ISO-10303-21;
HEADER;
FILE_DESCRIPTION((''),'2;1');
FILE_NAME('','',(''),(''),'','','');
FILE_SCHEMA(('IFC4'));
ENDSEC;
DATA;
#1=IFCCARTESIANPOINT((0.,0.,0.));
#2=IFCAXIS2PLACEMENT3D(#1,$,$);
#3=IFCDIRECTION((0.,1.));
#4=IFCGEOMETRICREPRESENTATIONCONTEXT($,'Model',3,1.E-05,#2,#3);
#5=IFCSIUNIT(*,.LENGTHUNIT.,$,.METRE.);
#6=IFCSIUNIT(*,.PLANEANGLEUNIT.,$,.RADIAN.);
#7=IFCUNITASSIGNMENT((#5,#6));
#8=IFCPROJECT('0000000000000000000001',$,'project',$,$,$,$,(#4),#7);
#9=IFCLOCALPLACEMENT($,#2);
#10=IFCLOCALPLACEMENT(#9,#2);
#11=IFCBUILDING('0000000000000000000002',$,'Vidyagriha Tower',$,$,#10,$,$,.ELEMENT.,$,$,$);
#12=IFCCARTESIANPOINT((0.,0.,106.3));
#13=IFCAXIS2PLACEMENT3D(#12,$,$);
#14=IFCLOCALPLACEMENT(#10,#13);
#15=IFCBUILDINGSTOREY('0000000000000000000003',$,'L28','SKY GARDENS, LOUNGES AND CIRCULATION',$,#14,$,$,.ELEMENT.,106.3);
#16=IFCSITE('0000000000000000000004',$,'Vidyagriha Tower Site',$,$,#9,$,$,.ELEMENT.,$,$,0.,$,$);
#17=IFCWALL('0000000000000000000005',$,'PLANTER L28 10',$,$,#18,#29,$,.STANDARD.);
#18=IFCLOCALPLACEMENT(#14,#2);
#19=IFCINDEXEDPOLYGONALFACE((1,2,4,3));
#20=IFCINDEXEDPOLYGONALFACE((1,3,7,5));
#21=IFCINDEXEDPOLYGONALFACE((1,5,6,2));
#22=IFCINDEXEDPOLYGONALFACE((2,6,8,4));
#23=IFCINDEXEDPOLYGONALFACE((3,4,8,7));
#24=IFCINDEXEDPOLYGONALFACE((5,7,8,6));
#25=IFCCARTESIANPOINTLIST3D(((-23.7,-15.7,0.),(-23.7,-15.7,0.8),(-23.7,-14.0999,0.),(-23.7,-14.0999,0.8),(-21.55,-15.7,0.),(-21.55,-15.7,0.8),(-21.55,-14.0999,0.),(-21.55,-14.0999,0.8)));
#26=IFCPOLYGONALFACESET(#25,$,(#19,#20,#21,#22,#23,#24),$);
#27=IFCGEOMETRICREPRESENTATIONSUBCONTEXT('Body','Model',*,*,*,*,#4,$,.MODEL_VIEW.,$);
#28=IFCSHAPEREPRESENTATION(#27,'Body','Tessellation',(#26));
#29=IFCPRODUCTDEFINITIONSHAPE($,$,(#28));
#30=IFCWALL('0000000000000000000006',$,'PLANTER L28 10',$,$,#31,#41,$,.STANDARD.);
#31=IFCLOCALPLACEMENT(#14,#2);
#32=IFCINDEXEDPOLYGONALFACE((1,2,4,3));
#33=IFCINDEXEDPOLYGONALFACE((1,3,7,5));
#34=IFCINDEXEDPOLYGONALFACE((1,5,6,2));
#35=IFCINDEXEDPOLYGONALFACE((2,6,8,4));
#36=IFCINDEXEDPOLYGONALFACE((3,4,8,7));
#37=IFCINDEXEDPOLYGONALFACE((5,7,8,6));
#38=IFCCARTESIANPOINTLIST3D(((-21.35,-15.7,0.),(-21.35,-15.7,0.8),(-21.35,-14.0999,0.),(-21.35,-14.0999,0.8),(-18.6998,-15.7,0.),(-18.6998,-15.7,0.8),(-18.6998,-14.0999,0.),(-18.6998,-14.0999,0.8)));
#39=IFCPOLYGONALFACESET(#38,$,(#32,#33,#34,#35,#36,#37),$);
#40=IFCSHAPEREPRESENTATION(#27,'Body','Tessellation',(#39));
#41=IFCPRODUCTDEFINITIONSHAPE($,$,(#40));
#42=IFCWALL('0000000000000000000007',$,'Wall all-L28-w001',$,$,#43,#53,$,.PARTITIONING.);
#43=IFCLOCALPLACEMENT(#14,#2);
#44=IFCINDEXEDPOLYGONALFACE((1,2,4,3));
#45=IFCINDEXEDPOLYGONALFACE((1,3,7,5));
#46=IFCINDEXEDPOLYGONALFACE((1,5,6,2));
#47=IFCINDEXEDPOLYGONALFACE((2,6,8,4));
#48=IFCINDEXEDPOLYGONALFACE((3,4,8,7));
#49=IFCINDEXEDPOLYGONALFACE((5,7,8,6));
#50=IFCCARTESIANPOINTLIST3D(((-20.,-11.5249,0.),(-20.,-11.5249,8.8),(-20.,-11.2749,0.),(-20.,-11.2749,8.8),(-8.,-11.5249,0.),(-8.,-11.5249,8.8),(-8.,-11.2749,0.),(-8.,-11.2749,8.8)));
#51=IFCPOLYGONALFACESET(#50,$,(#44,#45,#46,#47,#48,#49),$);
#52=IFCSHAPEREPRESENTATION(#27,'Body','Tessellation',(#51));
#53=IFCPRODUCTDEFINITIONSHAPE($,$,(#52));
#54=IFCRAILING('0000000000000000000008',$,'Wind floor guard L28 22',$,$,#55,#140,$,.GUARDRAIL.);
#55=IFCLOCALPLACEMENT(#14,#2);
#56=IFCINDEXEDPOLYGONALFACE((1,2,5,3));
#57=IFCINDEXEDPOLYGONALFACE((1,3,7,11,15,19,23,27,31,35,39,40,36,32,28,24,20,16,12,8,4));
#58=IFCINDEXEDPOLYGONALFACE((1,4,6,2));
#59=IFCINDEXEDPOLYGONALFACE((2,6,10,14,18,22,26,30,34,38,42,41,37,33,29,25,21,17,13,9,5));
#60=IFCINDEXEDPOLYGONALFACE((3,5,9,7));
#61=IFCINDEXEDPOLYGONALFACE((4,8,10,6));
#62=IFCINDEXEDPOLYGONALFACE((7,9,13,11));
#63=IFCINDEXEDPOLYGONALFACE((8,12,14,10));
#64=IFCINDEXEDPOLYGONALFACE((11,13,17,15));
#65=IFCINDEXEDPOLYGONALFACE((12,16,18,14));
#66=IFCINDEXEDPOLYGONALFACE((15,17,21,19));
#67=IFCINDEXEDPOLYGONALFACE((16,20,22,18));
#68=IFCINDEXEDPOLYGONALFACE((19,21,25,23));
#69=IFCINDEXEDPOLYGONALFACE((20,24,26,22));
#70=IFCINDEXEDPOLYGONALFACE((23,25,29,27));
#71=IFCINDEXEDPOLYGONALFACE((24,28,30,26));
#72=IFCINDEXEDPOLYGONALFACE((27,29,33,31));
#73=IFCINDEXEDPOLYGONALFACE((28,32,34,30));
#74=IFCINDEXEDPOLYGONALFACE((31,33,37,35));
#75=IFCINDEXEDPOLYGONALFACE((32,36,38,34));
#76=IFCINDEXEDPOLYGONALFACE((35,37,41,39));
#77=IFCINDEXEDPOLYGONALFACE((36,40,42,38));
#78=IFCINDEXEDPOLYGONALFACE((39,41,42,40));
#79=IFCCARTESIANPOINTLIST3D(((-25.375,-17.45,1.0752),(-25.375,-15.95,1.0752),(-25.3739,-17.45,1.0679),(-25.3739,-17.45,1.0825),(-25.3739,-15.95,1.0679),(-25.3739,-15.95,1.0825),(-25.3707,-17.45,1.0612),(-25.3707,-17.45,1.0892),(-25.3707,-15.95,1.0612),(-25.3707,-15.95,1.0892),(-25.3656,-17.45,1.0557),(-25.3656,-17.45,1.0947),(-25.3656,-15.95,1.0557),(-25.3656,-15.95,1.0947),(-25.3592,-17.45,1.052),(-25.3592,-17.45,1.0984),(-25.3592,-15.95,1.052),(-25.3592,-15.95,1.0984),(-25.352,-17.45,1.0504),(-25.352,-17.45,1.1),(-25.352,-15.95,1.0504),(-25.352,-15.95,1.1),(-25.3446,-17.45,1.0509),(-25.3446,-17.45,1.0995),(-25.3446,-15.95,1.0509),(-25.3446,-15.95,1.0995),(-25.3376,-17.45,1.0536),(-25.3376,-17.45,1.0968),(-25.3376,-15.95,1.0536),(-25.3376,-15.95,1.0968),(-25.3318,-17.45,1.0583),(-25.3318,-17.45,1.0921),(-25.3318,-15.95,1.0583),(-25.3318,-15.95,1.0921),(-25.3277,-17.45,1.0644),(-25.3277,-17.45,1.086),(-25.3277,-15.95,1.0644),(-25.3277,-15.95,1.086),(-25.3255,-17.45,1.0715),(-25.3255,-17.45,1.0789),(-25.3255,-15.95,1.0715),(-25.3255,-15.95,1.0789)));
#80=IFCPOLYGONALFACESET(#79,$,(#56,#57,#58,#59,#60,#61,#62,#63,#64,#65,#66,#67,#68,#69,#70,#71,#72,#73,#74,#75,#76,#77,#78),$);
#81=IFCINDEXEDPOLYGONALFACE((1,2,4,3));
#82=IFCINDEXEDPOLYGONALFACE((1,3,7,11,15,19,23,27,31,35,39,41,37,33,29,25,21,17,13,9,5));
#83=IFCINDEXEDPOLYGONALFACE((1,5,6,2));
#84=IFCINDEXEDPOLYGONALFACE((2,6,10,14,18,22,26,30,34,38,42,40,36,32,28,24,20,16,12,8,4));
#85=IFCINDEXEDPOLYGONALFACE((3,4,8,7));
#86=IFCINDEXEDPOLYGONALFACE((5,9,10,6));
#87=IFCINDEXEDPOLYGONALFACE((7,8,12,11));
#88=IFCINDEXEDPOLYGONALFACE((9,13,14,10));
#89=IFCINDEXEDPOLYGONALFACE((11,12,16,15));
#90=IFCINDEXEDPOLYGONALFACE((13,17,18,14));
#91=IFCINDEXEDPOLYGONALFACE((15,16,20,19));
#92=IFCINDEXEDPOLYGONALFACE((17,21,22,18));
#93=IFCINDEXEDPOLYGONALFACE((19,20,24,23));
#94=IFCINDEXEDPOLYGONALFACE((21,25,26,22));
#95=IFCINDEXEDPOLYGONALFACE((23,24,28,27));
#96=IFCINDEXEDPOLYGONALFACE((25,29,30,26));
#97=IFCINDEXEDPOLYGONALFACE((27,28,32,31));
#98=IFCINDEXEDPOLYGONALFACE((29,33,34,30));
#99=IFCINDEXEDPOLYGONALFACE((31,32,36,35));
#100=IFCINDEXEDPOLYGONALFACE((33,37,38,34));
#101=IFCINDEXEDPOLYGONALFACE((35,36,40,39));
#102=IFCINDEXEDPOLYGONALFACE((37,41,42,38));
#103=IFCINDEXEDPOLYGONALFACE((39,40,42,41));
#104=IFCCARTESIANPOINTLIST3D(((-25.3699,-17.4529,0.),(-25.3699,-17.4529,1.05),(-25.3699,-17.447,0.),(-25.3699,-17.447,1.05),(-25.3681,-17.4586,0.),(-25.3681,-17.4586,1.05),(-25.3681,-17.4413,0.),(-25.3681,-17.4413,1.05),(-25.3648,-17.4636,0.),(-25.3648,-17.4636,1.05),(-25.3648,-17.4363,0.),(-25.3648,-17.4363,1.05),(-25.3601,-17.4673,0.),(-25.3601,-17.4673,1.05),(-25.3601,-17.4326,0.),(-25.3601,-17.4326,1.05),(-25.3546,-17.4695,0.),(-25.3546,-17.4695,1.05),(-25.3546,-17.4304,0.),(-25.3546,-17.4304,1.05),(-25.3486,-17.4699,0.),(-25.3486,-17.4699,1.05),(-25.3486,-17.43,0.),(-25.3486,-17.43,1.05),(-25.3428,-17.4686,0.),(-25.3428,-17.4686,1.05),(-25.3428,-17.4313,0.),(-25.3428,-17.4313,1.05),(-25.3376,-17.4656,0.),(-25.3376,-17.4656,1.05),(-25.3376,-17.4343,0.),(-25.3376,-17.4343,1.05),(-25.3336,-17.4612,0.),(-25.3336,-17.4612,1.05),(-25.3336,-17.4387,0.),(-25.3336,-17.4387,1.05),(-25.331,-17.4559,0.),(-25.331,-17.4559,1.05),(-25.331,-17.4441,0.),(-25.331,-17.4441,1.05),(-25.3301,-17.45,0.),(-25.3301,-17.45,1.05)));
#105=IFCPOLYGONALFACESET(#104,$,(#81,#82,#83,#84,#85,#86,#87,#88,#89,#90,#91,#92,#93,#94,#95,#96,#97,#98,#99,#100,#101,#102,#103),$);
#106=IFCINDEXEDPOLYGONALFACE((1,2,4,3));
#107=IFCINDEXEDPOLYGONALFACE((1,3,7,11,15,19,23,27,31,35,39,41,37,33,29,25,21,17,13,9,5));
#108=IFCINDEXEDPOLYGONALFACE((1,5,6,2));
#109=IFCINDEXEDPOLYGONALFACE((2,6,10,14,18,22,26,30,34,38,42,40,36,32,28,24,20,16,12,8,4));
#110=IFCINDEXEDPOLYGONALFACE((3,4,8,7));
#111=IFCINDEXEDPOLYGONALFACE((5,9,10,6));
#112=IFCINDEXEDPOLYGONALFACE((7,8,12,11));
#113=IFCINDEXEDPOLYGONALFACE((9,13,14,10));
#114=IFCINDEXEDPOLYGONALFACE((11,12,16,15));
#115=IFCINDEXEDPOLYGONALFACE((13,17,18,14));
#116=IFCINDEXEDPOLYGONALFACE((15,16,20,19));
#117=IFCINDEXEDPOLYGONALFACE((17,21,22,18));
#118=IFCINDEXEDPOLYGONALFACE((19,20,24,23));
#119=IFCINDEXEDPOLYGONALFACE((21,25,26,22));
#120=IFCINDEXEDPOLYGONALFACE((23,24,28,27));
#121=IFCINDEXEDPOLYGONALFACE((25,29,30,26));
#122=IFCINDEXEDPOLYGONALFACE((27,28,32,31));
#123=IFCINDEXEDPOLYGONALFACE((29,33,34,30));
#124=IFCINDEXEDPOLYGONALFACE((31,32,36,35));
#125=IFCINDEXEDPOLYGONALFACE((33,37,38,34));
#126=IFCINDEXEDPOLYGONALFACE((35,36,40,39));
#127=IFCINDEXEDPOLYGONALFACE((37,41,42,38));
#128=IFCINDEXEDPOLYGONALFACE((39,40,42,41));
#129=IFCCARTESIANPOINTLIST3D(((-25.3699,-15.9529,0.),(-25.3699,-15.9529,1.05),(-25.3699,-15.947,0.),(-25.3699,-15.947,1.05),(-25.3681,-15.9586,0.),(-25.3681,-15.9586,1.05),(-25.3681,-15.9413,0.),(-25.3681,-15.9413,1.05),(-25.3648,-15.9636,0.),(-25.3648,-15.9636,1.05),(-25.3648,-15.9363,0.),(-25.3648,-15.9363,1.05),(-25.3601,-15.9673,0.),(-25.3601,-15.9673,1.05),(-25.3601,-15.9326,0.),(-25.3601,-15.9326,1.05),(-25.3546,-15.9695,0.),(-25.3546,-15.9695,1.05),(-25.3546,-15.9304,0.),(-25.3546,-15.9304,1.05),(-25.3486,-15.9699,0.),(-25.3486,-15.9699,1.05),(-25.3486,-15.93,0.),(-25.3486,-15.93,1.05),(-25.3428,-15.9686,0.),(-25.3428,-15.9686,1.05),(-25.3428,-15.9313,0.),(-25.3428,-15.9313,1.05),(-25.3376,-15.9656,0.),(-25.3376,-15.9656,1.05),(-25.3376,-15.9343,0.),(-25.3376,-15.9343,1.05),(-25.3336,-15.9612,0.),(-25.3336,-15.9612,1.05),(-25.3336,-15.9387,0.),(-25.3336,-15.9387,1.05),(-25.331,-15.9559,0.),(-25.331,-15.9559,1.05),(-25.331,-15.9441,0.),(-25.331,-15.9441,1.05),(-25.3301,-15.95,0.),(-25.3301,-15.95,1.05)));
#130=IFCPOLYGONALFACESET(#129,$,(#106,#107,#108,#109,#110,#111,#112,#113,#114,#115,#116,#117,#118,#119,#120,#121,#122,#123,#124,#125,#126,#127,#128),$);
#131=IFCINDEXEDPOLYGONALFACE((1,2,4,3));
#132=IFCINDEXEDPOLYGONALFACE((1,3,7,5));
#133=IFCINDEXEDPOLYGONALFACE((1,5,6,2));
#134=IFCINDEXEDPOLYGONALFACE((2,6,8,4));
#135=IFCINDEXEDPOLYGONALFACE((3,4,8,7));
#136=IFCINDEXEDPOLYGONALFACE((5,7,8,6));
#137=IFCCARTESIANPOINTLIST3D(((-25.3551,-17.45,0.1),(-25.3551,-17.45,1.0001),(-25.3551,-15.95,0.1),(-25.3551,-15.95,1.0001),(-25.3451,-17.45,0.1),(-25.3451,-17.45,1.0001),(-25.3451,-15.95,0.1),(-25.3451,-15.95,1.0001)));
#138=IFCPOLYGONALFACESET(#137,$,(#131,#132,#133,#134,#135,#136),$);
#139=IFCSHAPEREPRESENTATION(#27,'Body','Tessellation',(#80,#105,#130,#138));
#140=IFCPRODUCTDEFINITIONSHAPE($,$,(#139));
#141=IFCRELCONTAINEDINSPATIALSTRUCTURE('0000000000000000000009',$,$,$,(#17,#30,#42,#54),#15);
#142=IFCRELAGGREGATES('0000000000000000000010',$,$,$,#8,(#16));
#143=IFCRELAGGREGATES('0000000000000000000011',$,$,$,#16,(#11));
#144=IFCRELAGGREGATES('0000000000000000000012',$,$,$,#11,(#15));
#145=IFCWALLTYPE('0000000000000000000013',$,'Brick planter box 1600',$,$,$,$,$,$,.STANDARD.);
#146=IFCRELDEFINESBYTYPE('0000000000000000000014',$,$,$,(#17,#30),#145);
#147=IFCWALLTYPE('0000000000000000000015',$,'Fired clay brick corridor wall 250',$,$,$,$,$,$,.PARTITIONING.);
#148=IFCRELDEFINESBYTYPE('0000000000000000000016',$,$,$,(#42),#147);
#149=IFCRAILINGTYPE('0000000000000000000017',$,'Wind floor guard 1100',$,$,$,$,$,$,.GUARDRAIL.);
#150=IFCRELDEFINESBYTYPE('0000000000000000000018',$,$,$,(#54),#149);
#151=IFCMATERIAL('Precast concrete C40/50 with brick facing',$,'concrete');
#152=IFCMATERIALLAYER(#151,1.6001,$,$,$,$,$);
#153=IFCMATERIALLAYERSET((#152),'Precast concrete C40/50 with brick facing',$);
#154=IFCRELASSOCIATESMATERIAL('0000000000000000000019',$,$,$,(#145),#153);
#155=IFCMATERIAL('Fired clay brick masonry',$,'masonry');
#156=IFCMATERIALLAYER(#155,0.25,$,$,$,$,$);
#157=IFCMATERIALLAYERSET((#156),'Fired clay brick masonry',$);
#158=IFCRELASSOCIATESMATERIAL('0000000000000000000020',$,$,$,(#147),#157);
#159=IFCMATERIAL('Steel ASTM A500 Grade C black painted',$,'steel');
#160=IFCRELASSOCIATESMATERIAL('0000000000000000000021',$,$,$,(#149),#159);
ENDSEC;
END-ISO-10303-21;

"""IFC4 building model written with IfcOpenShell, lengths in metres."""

from ifc_helpers import new_model, si_unit, direction, frame, frame_2d, origin, origin_2d, place, context, subcontext, project, spatial, rectangle, circle, extrude, material, layer, layer_set, type_object, element, save


model = new_model("IFC4")

# Units and contexts
model_context = context("Model", 3, precision=1e-05, world=origin(), true_north=direction((0.0, 1.0)))
body_context = subcontext(model_context, "Body", "Model", "MODEL_VIEW")
ifc_project = project(units=[si_unit("LENGTHUNIT", "METRE"), si_unit("PLANEANGLEUNIT", "RADIAN")], contexts=[model_context])

# Site, building, storey
site_placement = place(None, origin())
site = spatial("IfcSite", under=ifc_project, at=site_placement, Name="Vidyagriha Tower Site", CompositionType="ELEMENT", RefElevation=0.0)
building_placement = place(site_placement, origin())
building = spatial("IfcBuilding", under=site, at=building_placement, Name="Vidyagriha Tower", CompositionType="ELEMENT")
storey_placement = place(building_placement, frame((0.0, 0.0, 106.3)))
storey = spatial("IfcBuildingStorey", under=building, at=storey_placement, Name="L28", Description="SKY GARDENS, LOUNGES AND CIRCULATION", CompositionType="ELEMENT", Elevation=106.3)

# Walls
ifc_material_1 = material(Name="Precast concrete C40/50 with brick facing", Category="concrete")
ifc_layer_1 = layer(ifc_material_1, 1.6001)
ifc_layer_set_1 = layer_set([ifc_layer_1], Name="Precast concrete C40/50 with brick facing")
wall_type_1 = type_object("IfcWallType", Name="Brick planter box 1600", PredefinedType="STANDARD", material=ifc_layer_set_1)
wall_1_placement = place(storey_placement, frame((-23.7, -14.8999, 0.0)))
element("IfcWall", 1, at=wall_1_placement, inside=storey, type_object=wall_type_1, Name="PLANTER L28 10", PredefinedType="STANDARD", context=body_context, shape_type="SweptSolid", body=[
    extrude(rectangle(XDim=2.1499, YDim=1.6001, at=frame_2d((1.075, 0.0))), origin(), (0.0, 0.0, 1.0), 0.8),
])
wall_2_placement = place(storey_placement, frame((-21.3501, -14.8999, 0.0)))
element("IfcWall", 2, at=wall_2_placement, inside=storey, type_object=wall_type_1, Name="PLANTER L28 10", PredefinedType="STANDARD", context=body_context, shape_type="SweptSolid", body=[
    extrude(rectangle(XDim=2.6501, YDim=1.6001, at=frame_2d((1.3252, 0.0))), origin(), (0.0, 0.0, 1.0), 0.8),
])
ifc_material_2 = material(Name="Fired clay brick masonry", Category="masonry")
ifc_layer_2 = layer(ifc_material_2, 0.25)
ifc_layer_set_2 = layer_set([ifc_layer_2], Name="Fired clay brick masonry")
wall_type_2 = type_object("IfcWallType", Name="Fired clay brick corridor wall 250", PredefinedType="PARTITIONING", material=ifc_layer_set_2)
wall_3_placement = place(storey_placement, frame((-20.0, -11.3999, 0.0)))
element("IfcWall", 3, at=wall_3_placement, inside=storey, type_object=wall_type_2, Name="Wall all-L28-w001", PredefinedType="PARTITIONING", context=body_context, shape_type="SweptSolid", body=[
    extrude(rectangle(XDim=12.0, YDim=0.25, at=frame_2d((6.0, 0.0))), origin(), (0.0, 0.0, 1.0), 8.8),
])

# Railing
ifc_material_3 = material(Name="Steel ASTM A500 Grade C black painted", Category="steel")
railing_type = type_object("IfcRailingType", Name="Wind floor guard 1100", PredefinedType="GUARDRAIL", material=ifc_material_3)
railing_1_placement = place(storey_placement, frame((-25.3501, -17.45, 0.0)))
element("IfcRailing", 4, at=railing_1_placement, inside=storey, type_object=railing_type, Name="Wind floor guard L28 22", PredefinedType="GUARDRAIL", context=body_context, shape_type="SweptSolid", body=[
    extrude(circle(Radius=0.0249, at=origin_2d()), frame((0.0, 0.0, 1.0752), z_axis=(0.0, 1.0, 0.0), x_axis=(-1.0, 0.0, 0.0)), (0.0, 0.0, 1.0), 1.5),
    extrude(circle(Radius=0.02, at=origin_2d()), origin(), (0.0, 0.0, 1.0), 1.05),
    extrude(circle(Radius=0.02, at=origin_2d()), frame((0.0, 1.5, 0.0)), (0.0, 0.0, 1.0), 1.05),
    extrude(rectangle(XDim=0.01, YDim=0.9001, at=origin_2d()), frame((0.0, 0.0, 0.55), z_axis=(0.0, 1.0, 0.0), x_axis=(-1.0, 0.0, 0.0)), (0.0, 0.0, 1.0), 1.5),
])

save(model, "model.ifc")
